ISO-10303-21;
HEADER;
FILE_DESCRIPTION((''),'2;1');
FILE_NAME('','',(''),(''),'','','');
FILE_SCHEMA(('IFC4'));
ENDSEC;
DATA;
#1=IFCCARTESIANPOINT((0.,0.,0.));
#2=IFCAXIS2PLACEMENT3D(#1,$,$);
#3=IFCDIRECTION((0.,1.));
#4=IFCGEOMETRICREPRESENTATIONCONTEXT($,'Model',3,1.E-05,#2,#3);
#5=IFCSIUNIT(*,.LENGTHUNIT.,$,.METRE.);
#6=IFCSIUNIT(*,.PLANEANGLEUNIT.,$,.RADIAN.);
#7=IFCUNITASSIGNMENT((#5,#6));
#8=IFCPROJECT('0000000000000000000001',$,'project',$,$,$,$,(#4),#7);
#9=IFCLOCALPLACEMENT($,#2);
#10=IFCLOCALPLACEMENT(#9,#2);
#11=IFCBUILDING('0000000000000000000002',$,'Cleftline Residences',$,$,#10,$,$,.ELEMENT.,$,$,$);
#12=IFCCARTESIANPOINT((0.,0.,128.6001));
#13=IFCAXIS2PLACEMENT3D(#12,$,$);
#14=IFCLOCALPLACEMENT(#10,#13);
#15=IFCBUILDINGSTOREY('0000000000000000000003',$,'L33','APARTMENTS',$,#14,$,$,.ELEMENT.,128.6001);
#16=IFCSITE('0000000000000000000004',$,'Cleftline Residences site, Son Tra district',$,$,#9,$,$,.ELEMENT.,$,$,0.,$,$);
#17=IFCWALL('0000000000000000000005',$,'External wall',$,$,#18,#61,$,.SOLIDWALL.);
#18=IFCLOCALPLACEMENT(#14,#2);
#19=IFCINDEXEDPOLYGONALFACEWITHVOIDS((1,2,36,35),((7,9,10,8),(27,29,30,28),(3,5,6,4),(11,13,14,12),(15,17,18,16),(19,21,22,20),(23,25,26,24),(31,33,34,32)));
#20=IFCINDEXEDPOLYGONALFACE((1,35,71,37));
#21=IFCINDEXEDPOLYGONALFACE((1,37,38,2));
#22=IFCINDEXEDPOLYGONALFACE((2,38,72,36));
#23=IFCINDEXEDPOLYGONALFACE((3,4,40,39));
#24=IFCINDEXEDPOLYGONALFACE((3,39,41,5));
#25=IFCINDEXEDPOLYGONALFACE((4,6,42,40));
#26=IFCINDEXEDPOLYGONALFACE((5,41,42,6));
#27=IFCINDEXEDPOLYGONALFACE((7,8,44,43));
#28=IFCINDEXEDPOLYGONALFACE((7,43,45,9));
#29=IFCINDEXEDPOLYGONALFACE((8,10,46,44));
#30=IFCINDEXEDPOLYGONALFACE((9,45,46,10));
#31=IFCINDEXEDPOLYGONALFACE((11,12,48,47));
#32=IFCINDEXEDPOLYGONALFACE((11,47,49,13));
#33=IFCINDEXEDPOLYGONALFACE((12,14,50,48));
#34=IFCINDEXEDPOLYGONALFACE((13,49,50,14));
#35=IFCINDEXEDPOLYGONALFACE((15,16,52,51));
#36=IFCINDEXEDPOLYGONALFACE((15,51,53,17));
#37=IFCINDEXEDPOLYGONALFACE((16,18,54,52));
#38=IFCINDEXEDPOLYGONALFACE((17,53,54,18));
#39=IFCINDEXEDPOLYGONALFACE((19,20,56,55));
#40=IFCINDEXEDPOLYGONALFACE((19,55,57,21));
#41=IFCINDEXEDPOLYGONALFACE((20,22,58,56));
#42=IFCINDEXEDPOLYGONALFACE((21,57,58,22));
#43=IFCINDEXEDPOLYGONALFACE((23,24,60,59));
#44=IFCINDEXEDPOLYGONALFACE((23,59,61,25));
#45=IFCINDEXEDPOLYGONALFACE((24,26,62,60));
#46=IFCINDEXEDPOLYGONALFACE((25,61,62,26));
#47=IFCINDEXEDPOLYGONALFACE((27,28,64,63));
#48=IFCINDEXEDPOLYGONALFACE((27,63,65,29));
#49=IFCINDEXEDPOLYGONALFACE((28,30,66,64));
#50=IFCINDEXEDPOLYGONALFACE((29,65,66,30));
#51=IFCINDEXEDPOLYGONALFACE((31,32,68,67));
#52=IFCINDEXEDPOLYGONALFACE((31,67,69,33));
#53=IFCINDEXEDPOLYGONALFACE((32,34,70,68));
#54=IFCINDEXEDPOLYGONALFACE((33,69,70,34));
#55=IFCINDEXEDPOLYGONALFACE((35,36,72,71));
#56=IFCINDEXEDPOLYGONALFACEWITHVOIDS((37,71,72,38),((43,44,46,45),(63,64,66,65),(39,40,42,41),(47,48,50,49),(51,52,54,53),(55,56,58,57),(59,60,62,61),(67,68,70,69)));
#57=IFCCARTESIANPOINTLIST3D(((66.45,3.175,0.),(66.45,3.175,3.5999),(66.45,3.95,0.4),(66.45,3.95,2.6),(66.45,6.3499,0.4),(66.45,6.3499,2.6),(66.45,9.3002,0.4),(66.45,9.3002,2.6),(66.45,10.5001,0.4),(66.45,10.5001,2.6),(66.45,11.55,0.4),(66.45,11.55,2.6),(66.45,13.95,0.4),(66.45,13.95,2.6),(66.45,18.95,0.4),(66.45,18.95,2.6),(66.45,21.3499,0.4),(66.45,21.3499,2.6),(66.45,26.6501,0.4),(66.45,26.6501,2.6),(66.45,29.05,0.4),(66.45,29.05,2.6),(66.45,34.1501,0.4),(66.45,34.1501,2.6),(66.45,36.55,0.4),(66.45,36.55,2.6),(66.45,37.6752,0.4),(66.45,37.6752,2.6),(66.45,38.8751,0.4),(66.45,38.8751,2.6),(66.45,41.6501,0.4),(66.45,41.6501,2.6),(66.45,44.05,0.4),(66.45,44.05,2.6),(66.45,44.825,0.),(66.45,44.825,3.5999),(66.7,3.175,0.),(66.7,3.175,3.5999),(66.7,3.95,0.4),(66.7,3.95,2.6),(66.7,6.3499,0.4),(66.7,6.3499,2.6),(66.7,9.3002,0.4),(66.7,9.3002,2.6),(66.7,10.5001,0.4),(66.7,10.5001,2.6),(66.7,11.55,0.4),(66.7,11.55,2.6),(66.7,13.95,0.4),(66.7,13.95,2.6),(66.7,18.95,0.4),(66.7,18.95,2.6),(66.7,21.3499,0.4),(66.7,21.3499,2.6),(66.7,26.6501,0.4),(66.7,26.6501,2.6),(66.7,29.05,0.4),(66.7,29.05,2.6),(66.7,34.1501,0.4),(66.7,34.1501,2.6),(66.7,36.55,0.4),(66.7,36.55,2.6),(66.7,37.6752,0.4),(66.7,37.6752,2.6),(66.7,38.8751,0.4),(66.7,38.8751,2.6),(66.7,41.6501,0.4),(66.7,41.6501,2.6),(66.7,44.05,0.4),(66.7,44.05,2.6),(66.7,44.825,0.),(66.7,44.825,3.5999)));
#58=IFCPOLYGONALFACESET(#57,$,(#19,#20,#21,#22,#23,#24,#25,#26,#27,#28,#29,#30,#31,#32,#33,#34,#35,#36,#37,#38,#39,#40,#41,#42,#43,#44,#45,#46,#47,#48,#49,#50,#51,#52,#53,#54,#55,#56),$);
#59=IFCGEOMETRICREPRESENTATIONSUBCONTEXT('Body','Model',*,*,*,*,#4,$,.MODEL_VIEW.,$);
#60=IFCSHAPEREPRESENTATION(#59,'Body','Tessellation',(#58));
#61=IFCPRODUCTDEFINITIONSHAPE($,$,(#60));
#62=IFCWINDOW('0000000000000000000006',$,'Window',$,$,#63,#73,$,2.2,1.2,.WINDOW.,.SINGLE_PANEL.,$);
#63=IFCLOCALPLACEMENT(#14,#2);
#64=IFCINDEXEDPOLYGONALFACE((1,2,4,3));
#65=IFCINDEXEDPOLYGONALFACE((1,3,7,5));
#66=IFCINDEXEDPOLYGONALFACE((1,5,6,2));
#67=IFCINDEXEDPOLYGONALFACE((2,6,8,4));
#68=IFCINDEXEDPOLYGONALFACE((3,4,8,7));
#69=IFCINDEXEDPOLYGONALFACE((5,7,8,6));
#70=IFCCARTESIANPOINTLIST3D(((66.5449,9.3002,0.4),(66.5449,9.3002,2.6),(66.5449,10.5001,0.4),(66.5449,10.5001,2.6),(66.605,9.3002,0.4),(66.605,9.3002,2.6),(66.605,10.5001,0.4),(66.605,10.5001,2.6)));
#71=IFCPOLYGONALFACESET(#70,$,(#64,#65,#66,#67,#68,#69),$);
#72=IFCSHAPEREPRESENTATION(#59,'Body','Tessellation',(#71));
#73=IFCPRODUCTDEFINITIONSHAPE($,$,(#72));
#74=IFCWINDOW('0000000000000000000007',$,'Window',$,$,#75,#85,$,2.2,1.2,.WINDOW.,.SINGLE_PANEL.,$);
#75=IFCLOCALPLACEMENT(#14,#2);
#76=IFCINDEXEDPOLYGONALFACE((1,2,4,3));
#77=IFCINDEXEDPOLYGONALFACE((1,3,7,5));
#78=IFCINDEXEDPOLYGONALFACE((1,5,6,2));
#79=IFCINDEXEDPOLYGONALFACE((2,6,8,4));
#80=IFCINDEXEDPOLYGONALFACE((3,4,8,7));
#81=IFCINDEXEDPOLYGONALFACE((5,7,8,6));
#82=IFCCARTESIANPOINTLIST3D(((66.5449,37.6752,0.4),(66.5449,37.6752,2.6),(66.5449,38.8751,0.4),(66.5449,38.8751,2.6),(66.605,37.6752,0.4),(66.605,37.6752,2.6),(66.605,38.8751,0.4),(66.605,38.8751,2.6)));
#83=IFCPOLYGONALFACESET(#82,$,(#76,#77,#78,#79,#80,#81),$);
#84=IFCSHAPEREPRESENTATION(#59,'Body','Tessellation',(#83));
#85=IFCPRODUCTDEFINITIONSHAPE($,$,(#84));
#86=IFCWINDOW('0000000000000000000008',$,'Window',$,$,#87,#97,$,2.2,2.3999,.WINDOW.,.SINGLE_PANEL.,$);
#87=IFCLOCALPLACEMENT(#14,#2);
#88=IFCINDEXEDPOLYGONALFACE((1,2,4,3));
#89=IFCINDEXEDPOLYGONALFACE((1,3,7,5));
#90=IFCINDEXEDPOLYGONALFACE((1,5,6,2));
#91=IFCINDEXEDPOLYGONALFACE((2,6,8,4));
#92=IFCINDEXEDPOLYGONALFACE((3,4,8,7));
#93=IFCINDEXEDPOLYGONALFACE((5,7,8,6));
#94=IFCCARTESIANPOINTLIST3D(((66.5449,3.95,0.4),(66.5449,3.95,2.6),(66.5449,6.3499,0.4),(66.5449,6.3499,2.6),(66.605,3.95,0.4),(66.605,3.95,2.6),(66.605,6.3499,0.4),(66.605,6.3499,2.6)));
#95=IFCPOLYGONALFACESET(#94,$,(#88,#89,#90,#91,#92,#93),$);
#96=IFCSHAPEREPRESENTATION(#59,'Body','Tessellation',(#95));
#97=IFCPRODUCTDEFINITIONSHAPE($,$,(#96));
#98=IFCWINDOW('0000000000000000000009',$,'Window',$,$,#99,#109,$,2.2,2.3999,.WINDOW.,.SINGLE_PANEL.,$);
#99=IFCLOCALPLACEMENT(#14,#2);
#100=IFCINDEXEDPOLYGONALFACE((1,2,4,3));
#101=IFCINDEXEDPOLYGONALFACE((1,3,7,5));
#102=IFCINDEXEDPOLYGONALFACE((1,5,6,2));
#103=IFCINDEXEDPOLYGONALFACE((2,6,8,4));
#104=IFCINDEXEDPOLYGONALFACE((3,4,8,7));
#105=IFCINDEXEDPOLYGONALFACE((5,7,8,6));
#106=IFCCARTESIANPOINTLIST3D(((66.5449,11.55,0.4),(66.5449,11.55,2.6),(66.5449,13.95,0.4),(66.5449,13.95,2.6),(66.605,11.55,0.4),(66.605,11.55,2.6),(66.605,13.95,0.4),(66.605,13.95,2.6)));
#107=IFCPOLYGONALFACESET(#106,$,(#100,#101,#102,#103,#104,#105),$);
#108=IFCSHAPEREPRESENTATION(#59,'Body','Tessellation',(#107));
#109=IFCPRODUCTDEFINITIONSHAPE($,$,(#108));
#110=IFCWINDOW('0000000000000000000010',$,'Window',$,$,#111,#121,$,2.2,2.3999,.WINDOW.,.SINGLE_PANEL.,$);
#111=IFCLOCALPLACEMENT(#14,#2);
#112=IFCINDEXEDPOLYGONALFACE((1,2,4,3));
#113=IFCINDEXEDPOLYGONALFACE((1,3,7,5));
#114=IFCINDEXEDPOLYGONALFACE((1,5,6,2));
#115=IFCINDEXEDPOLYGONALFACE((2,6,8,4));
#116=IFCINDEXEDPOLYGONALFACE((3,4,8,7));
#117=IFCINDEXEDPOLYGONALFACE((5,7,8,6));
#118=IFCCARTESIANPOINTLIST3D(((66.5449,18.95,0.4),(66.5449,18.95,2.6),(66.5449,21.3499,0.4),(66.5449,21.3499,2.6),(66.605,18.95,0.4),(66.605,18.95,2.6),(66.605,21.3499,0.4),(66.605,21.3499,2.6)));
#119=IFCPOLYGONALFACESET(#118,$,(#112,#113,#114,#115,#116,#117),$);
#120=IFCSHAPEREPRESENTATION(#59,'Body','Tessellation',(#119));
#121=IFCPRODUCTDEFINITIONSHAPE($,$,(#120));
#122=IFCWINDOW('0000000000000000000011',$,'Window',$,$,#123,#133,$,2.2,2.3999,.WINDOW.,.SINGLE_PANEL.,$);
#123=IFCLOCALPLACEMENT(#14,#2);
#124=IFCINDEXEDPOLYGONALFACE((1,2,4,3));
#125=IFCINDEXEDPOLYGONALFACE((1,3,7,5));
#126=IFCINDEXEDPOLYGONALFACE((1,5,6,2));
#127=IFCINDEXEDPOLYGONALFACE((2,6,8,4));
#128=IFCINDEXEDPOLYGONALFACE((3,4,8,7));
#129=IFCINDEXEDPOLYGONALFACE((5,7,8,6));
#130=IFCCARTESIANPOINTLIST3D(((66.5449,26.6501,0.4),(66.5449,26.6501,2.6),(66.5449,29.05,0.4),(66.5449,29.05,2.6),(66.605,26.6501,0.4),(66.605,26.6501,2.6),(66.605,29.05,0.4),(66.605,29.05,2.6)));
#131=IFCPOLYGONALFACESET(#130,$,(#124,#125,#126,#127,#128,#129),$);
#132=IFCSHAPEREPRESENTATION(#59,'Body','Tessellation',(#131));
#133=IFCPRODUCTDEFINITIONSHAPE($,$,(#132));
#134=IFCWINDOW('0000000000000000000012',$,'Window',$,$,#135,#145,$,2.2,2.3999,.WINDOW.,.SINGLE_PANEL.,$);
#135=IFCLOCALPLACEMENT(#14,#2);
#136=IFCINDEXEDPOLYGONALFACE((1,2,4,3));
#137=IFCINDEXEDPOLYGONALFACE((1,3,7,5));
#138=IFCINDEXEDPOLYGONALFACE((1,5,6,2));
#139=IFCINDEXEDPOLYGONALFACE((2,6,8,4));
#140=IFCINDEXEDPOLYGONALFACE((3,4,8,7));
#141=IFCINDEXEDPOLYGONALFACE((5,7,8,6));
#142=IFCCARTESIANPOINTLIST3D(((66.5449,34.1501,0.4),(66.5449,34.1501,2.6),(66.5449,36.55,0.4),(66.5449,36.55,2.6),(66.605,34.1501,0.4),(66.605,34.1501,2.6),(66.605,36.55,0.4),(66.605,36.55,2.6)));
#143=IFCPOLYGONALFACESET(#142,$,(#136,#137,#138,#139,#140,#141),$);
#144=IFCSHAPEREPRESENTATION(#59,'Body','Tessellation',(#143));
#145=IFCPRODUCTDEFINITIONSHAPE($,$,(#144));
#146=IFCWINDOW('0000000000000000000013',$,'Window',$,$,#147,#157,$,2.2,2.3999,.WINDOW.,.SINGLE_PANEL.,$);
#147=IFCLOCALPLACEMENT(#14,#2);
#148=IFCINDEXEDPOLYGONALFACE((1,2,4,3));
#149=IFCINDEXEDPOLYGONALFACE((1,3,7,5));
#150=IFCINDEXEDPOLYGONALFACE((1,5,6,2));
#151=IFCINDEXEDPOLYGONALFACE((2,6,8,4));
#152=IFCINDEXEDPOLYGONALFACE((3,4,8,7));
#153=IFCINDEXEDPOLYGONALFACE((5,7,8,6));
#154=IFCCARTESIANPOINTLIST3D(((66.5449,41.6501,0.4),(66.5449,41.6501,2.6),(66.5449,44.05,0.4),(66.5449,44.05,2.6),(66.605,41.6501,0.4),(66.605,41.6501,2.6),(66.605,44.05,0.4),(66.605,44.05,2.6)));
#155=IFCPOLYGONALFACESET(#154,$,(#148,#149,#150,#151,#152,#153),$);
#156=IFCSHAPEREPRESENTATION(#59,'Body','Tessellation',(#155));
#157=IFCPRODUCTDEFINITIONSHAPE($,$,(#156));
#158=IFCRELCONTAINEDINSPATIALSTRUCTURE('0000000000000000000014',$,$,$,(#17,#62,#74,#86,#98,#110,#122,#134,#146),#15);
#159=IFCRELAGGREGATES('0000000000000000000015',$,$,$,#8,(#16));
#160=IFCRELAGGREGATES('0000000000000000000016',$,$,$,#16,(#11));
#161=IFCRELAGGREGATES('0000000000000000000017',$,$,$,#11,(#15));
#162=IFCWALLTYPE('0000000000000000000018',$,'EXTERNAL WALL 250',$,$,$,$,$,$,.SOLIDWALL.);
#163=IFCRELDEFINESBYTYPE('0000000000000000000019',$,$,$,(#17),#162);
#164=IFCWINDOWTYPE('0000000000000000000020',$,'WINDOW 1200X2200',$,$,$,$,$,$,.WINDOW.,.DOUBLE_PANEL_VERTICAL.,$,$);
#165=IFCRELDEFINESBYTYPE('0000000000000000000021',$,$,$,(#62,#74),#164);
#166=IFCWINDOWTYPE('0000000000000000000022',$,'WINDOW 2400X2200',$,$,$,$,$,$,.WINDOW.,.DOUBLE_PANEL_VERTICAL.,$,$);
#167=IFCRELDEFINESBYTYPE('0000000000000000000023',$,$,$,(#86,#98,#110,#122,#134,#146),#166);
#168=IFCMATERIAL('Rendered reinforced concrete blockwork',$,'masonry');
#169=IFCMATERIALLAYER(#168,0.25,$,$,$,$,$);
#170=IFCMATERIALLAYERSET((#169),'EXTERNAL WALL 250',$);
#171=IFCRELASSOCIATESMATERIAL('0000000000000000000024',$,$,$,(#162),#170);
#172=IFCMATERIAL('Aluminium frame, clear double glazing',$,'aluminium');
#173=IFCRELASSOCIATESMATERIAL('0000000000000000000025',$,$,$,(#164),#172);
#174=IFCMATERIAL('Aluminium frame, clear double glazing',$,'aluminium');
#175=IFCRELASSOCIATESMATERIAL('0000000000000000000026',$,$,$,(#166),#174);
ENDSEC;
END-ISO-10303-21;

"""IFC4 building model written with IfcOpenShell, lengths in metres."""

from ifc_helpers import new_model, si_unit, direction, frame, frame_2d, origin, place, context, subcontext, project, spatial, rectangle, extrude, material, layer, layer_set, type_object, element, fill, save


model = new_model("IFC4")

# Units and contexts
model_context = context("Model", 3, precision=1e-05, world=origin(), true_north=direction((0.0, 1.0)))
body_context = subcontext(model_context, "Body", "Model", "MODEL_VIEW")
ifc_project = project(units=[si_unit("LENGTHUNIT", "METRE"), si_unit("PLANEANGLEUNIT", "RADIAN")], contexts=[model_context])

# Site, building, storey
site_placement = place(None, origin())
site = spatial("IfcSite", under=ifc_project, at=site_placement, Name="Cleftline Residences site, Son Tra district", CompositionType="ELEMENT", RefElevation=0.0)
building_placement = place(site_placement, origin())
building = spatial("IfcBuilding", under=site, at=building_placement, Name="Cleftline Residences", CompositionType="ELEMENT")
storey_placement = place(building_placement, frame((0.0, 0.0, 128.6001)))
storey = spatial("IfcBuildingStorey", under=building, at=storey_placement, Name="L33", Description="APARTMENTS", CompositionType="ELEMENT", Elevation=128.6001)

# Wall, openings, windows
ifc_material_1 = material(Name="Rendered reinforced concrete blockwork", Category="masonry")
ifc_layer_1 = layer(ifc_material_1, 0.25)
ifc_layer_set_1 = layer_set([ifc_layer_1], Name="EXTERNAL WALL 250")
wall_type_1 = type_object("IfcWallType", Name="EXTERNAL WALL 250", PredefinedType="SOLIDWALL", material=ifc_layer_set_1)
ifc_material_2 = material(Name="Aluminium frame, clear double glazing", Category="aluminium")
window_type_1 = type_object("IfcWindowType", Name="WINDOW 1200X2200", PartitioningType="DOUBLE_PANEL_VERTICAL", PredefinedType="WINDOW", material=ifc_material_2)
wall_1_placement = place(storey_placement, frame((66.575, 3.175, 0.0), z_axis=(0.0, 0.0, 1.0), x_axis=(0.0, 1.0, 0.0)))
wall_1 = element("IfcWall", 1, at=wall_1_placement, inside=storey, type_object=wall_type_1, Name="External wall", PredefinedType="SOLIDWALL", context=body_context, shape_type="SweptSolid", body=[
    extrude(rectangle(XDim=41.6499, YDim=0.25, at=frame_2d((20.825, 0.0))), origin(), (0.0, 0.0, 1.0), 3.5999),
])
opening_1_placement = place(wall_1_placement, frame((0.7749, 0.0, 0.3999)))
opening_1 = element("IfcOpeningElement", 2, at=opening_1_placement, cuts=wall_1, PredefinedType="OPENING", context=body_context, shape_type="SweptSolid", body=[
    extrude(rectangle(XDim=2.3999, YDim=2.2, at=frame_2d((1.2, 1.1001))), frame((0.0, 0.135, 0.0), z_axis=(0.0, -1.0, 0.0), x_axis=(1.0, 0.0, 0.0)), (0.0, 0.0, 1.0), 0.27),
])
opening_2_placement = place(wall_1_placement, frame((6.125, 0.0, 0.3999)))
opening_2 = element("IfcOpeningElement", 3, at=opening_2_placement, cuts=wall_1, PredefinedType="OPENING", context=body_context, shape_type="SweptSolid", body=[
    extrude(rectangle(XDim=1.2, YDim=2.2, at=frame_2d((0.6001, 1.1001))), frame((0.0, 0.135, 0.0), z_axis=(0.0, -1.0, 0.0), x_axis=(1.0, 0.0, 0.0)), (0.0, 0.0, 1.0), 0.27),
])
opening_3_placement = place(wall_1_placement, frame((8.375, 0.0, 0.3999)))
opening_3 = element("IfcOpeningElement", 4, at=opening_3_placement, cuts=wall_1, PredefinedType="OPENING", context=body_context, shape_type="SweptSolid", body=[
    extrude(rectangle(XDim=2.3999, YDim=2.2, at=frame_2d((1.2, 1.1001))), frame((0.0, 0.135, 0.0), z_axis=(0.0, -1.0, 0.0), x_axis=(1.0, 0.0, 0.0)), (0.0, 0.0, 1.0), 0.27),
])
opening_4_placement = place(wall_1_placement, frame((15.7749, 0.0, 0.3999)))
opening_4 = element("IfcOpeningElement", 5, at=opening_4_placement, cuts=wall_1, PredefinedType="OPENING", context=body_context, shape_type="SweptSolid", body=[
    extrude(rectangle(XDim=2.3999, YDim=2.2, at=frame_2d((1.2, 1.1001))), frame((0.0, 0.135, 0.0), z_axis=(0.0, -1.0, 0.0), x_axis=(1.0, 0.0, 0.0)), (0.0, 0.0, 1.0), 0.27),
])
opening_5_placement = place(wall_1_placement, frame((23.4751, 0.0, 0.3999)))
opening_5 = element("IfcOpeningElement", 6, at=opening_5_placement, cuts=wall_1, PredefinedType="OPENING", context=body_context, shape_type="SweptSolid", body=[
    extrude(rectangle(XDim=2.3999, YDim=2.2, at=frame_2d((1.2, 1.1001))), frame((0.0, 0.135, 0.0), z_axis=(0.0, -1.0, 0.0), x_axis=(1.0, 0.0, 0.0)), (0.0, 0.0, 1.0), 0.27),
])
opening_6_placement = place(wall_1_placement, frame((30.9751, 0.0, 0.3999)))
opening_6 = element("IfcOpeningElement", 7, at=opening_6_placement, cuts=wall_1, PredefinedType="OPENING", context=body_context, shape_type="SweptSolid", body=[
    extrude(rectangle(XDim=2.3999, YDim=2.2, at=frame_2d((1.2, 1.1001))), frame((0.0, 0.135, 0.0), z_axis=(0.0, -1.0, 0.0), x_axis=(1.0, 0.0, 0.0)), (0.0, 0.0, 1.0), 0.27),
])
opening_7_placement = place(wall_1_placement, frame((34.5, 0.0, 0.3999)))
opening_7 = element("IfcOpeningElement", 8, at=opening_7_placement, cuts=wall_1, PredefinedType="OPENING", context=body_context, shape_type="SweptSolid", body=[
    extrude(rectangle(XDim=1.2, YDim=2.2, at=frame_2d((0.6001, 1.1001))), frame((0.0, 0.135, 0.0), z_axis=(0.0, -1.0, 0.0), x_axis=(1.0, 0.0, 0.0)), (0.0, 0.0, 1.0), 0.27),
])
opening_8_placement = place(wall_1_placement, frame((38.4751, 0.0, 0.3999)))
opening_8 = element("IfcOpeningElement", 9, at=opening_8_placement, cuts=wall_1, PredefinedType="OPENING", context=body_context, shape_type="SweptSolid", body=[
    extrude(rectangle(XDim=2.3999, YDim=2.2, at=frame_2d((1.2, 1.1001))), frame((0.0, 0.135, 0.0), z_axis=(0.0, -1.0, 0.0), x_axis=(1.0, 0.0, 0.0)), (0.0, 0.0, 1.0), 0.27),
])
window_1_placement = place(opening_2_placement, origin())
window_1 = element("IfcWindow", 10, at=window_1_placement, inside=storey, type_object=window_type_1, Name="Window", OverallHeight=2.2, OverallWidth=1.2, PartitioningType="SINGLE_PANEL", PredefinedType="WINDOW", context=body_context, shape_type="SweptSolid", body=[
    extrude(rectangle(XDim=1.2, YDim=2.2, at=frame_2d((0.6001, 1.1001))), frame((0.0, 0.03, 0.0), z_axis=(0.0, -1.0, 0.0), x_axis=(1.0, 0.0, 0.0)), (0.0, 0.0, 1.0), 0.0601),
])
fill(opening_2, window_1)
window_2_placement = place(opening_7_placement, origin())
window_2 = element("IfcWindow", 11, at=window_2_placement, inside=storey, type_object=window_type_1, Name="Window", OverallHeight=2.2, OverallWidth=1.2, PartitioningType="SINGLE_PANEL", PredefinedType="WINDOW", context=body_context, shape_type="SweptSolid", body=[
    extrude(rectangle(XDim=1.2, YDim=2.2, at=frame_2d((0.6001, 1.1001))), frame((0.0, 0.03, 0.0), z_axis=(0.0, -1.0, 0.0), x_axis=(1.0, 0.0, 0.0)), (0.0, 0.0, 1.0), 0.0601),
])
fill(opening_7, window_2)
ifc_material_3 = material(Name="Aluminium frame, clear double glazing", Category="aluminium")
window_type_2 = type_object("IfcWindowType", Name="WINDOW 2400X2200", PartitioningType="DOUBLE_PANEL_VERTICAL", PredefinedType="WINDOW", material=ifc_material_3)
window_3_placement = place(opening_1_placement, origin())
window_3 = element("IfcWindow", 12, at=window_3_placement, inside=storey, type_object=window_type_2, Name="Window", OverallHeight=2.2, OverallWidth=2.3999, PartitioningType="SINGLE_PANEL", PredefinedType="WINDOW", context=body_context, shape_type="SweptSolid", body=[
    extrude(rectangle(XDim=2.3999, YDim=2.2, at=frame_2d((1.2, 1.1001))), frame((0.0, 0.03, 0.0), z_axis=(0.0, -1.0, 0.0), x_axis=(1.0, 0.0, 0.0)), (0.0, 0.0, 1.0), 0.0601),
])
fill(opening_1, window_3)
window_4_placement = place(opening_3_placement, origin())
window_4 = element("IfcWindow", 13, at=window_4_placement, inside=storey, type_object=window_type_2, Name="Window", OverallHeight=2.2, OverallWidth=2.3999, PartitioningType="SINGLE_PANEL", PredefinedType="WINDOW", context=body_context, shape_type="SweptSolid", body=[
    extrude(rectangle(XDim=2.3999, YDim=2.2, at=frame_2d((1.2, 1.1001))), frame((0.0, 0.03, 0.0), z_axis=(0.0, -1.0, 0.0), x_axis=(1.0, 0.0, 0.0)), (0.0, 0.0, 1.0), 0.0601),
])
fill(opening_3, window_4)
window_5_placement = place(opening_4_placement, origin())
window_5 = element("IfcWindow", 14, at=window_5_placement, inside=storey, type_object=window_type_2, Name="Window", OverallHeight=2.2, OverallWidth=2.3999, PartitioningType="SINGLE_PANEL", PredefinedType="WINDOW", context=body_context, shape_type="SweptSolid", body=[
    extrude(rectangle(XDim=2.3999, YDim=2.2, at=frame_2d((1.2, 1.1001))), frame((0.0, 0.03, 0.0), z_axis=(0.0, -1.0, 0.0), x_axis=(1.0, 0.0, 0.0)), (0.0, 0.0, 1.0), 0.0601),
])
fill(opening_4, window_5)
window_6_placement = place(opening_5_placement, origin())
window_6 = element("IfcWindow", 15, at=window_6_placement, inside=storey, type_object=window_type_2, Name="Window", OverallHeight=2.2, OverallWidth=2.3999, PartitioningType="SINGLE_PANEL", PredefinedType="WINDOW", context=body_context, shape_type="SweptSolid", body=[
    extrude(rectangle(XDim=2.3999, YDim=2.2, at=frame_2d((1.2, 1.1001))), frame((0.0, 0.03, 0.0), z_axis=(0.0, -1.0, 0.0), x_axis=(1.0, 0.0, 0.0)), (0.0, 0.0, 1.0), 0.0601),
])
fill(opening_5, window_6)
window_7_placement = place(opening_6_placement, origin())
window_7 = element("IfcWindow", 16, at=window_7_placement, inside=storey, type_object=window_type_2, Name="Window", OverallHeight=2.2, OverallWidth=2.3999, PartitioningType="SINGLE_PANEL", PredefinedType="WINDOW", context=body_context, shape_type="SweptSolid", body=[
    extrude(rectangle(XDim=2.3999, YDim=2.2, at=frame_2d((1.2, 1.1001))), frame((0.0, 0.03, 0.0), z_axis=(0.0, -1.0, 0.0), x_axis=(1.0, 0.0, 0.0)), (0.0, 0.0, 1.0), 0.0601),
])
fill(opening_6, window_7)
window_8_placement = place(opening_8_placement, origin())
window_8 = element("IfcWindow", 17, at=window_8_placement, inside=storey, type_object=window_type_2, Name="Window", OverallHeight=2.2, OverallWidth=2.3999, PartitioningType="SINGLE_PANEL", PredefinedType="WINDOW", context=body_context, shape_type="SweptSolid", body=[
    extrude(rectangle(XDim=2.3999, YDim=2.2, at=frame_2d((1.2, 1.1001))), frame((0.0, 0.03, 0.0), z_axis=(0.0, -1.0, 0.0), x_axis=(1.0, 0.0, 0.0)), (0.0, 0.0, 1.0), 0.0601),
])
fill(opening_8, window_8)

save(model, "model.ifc")
